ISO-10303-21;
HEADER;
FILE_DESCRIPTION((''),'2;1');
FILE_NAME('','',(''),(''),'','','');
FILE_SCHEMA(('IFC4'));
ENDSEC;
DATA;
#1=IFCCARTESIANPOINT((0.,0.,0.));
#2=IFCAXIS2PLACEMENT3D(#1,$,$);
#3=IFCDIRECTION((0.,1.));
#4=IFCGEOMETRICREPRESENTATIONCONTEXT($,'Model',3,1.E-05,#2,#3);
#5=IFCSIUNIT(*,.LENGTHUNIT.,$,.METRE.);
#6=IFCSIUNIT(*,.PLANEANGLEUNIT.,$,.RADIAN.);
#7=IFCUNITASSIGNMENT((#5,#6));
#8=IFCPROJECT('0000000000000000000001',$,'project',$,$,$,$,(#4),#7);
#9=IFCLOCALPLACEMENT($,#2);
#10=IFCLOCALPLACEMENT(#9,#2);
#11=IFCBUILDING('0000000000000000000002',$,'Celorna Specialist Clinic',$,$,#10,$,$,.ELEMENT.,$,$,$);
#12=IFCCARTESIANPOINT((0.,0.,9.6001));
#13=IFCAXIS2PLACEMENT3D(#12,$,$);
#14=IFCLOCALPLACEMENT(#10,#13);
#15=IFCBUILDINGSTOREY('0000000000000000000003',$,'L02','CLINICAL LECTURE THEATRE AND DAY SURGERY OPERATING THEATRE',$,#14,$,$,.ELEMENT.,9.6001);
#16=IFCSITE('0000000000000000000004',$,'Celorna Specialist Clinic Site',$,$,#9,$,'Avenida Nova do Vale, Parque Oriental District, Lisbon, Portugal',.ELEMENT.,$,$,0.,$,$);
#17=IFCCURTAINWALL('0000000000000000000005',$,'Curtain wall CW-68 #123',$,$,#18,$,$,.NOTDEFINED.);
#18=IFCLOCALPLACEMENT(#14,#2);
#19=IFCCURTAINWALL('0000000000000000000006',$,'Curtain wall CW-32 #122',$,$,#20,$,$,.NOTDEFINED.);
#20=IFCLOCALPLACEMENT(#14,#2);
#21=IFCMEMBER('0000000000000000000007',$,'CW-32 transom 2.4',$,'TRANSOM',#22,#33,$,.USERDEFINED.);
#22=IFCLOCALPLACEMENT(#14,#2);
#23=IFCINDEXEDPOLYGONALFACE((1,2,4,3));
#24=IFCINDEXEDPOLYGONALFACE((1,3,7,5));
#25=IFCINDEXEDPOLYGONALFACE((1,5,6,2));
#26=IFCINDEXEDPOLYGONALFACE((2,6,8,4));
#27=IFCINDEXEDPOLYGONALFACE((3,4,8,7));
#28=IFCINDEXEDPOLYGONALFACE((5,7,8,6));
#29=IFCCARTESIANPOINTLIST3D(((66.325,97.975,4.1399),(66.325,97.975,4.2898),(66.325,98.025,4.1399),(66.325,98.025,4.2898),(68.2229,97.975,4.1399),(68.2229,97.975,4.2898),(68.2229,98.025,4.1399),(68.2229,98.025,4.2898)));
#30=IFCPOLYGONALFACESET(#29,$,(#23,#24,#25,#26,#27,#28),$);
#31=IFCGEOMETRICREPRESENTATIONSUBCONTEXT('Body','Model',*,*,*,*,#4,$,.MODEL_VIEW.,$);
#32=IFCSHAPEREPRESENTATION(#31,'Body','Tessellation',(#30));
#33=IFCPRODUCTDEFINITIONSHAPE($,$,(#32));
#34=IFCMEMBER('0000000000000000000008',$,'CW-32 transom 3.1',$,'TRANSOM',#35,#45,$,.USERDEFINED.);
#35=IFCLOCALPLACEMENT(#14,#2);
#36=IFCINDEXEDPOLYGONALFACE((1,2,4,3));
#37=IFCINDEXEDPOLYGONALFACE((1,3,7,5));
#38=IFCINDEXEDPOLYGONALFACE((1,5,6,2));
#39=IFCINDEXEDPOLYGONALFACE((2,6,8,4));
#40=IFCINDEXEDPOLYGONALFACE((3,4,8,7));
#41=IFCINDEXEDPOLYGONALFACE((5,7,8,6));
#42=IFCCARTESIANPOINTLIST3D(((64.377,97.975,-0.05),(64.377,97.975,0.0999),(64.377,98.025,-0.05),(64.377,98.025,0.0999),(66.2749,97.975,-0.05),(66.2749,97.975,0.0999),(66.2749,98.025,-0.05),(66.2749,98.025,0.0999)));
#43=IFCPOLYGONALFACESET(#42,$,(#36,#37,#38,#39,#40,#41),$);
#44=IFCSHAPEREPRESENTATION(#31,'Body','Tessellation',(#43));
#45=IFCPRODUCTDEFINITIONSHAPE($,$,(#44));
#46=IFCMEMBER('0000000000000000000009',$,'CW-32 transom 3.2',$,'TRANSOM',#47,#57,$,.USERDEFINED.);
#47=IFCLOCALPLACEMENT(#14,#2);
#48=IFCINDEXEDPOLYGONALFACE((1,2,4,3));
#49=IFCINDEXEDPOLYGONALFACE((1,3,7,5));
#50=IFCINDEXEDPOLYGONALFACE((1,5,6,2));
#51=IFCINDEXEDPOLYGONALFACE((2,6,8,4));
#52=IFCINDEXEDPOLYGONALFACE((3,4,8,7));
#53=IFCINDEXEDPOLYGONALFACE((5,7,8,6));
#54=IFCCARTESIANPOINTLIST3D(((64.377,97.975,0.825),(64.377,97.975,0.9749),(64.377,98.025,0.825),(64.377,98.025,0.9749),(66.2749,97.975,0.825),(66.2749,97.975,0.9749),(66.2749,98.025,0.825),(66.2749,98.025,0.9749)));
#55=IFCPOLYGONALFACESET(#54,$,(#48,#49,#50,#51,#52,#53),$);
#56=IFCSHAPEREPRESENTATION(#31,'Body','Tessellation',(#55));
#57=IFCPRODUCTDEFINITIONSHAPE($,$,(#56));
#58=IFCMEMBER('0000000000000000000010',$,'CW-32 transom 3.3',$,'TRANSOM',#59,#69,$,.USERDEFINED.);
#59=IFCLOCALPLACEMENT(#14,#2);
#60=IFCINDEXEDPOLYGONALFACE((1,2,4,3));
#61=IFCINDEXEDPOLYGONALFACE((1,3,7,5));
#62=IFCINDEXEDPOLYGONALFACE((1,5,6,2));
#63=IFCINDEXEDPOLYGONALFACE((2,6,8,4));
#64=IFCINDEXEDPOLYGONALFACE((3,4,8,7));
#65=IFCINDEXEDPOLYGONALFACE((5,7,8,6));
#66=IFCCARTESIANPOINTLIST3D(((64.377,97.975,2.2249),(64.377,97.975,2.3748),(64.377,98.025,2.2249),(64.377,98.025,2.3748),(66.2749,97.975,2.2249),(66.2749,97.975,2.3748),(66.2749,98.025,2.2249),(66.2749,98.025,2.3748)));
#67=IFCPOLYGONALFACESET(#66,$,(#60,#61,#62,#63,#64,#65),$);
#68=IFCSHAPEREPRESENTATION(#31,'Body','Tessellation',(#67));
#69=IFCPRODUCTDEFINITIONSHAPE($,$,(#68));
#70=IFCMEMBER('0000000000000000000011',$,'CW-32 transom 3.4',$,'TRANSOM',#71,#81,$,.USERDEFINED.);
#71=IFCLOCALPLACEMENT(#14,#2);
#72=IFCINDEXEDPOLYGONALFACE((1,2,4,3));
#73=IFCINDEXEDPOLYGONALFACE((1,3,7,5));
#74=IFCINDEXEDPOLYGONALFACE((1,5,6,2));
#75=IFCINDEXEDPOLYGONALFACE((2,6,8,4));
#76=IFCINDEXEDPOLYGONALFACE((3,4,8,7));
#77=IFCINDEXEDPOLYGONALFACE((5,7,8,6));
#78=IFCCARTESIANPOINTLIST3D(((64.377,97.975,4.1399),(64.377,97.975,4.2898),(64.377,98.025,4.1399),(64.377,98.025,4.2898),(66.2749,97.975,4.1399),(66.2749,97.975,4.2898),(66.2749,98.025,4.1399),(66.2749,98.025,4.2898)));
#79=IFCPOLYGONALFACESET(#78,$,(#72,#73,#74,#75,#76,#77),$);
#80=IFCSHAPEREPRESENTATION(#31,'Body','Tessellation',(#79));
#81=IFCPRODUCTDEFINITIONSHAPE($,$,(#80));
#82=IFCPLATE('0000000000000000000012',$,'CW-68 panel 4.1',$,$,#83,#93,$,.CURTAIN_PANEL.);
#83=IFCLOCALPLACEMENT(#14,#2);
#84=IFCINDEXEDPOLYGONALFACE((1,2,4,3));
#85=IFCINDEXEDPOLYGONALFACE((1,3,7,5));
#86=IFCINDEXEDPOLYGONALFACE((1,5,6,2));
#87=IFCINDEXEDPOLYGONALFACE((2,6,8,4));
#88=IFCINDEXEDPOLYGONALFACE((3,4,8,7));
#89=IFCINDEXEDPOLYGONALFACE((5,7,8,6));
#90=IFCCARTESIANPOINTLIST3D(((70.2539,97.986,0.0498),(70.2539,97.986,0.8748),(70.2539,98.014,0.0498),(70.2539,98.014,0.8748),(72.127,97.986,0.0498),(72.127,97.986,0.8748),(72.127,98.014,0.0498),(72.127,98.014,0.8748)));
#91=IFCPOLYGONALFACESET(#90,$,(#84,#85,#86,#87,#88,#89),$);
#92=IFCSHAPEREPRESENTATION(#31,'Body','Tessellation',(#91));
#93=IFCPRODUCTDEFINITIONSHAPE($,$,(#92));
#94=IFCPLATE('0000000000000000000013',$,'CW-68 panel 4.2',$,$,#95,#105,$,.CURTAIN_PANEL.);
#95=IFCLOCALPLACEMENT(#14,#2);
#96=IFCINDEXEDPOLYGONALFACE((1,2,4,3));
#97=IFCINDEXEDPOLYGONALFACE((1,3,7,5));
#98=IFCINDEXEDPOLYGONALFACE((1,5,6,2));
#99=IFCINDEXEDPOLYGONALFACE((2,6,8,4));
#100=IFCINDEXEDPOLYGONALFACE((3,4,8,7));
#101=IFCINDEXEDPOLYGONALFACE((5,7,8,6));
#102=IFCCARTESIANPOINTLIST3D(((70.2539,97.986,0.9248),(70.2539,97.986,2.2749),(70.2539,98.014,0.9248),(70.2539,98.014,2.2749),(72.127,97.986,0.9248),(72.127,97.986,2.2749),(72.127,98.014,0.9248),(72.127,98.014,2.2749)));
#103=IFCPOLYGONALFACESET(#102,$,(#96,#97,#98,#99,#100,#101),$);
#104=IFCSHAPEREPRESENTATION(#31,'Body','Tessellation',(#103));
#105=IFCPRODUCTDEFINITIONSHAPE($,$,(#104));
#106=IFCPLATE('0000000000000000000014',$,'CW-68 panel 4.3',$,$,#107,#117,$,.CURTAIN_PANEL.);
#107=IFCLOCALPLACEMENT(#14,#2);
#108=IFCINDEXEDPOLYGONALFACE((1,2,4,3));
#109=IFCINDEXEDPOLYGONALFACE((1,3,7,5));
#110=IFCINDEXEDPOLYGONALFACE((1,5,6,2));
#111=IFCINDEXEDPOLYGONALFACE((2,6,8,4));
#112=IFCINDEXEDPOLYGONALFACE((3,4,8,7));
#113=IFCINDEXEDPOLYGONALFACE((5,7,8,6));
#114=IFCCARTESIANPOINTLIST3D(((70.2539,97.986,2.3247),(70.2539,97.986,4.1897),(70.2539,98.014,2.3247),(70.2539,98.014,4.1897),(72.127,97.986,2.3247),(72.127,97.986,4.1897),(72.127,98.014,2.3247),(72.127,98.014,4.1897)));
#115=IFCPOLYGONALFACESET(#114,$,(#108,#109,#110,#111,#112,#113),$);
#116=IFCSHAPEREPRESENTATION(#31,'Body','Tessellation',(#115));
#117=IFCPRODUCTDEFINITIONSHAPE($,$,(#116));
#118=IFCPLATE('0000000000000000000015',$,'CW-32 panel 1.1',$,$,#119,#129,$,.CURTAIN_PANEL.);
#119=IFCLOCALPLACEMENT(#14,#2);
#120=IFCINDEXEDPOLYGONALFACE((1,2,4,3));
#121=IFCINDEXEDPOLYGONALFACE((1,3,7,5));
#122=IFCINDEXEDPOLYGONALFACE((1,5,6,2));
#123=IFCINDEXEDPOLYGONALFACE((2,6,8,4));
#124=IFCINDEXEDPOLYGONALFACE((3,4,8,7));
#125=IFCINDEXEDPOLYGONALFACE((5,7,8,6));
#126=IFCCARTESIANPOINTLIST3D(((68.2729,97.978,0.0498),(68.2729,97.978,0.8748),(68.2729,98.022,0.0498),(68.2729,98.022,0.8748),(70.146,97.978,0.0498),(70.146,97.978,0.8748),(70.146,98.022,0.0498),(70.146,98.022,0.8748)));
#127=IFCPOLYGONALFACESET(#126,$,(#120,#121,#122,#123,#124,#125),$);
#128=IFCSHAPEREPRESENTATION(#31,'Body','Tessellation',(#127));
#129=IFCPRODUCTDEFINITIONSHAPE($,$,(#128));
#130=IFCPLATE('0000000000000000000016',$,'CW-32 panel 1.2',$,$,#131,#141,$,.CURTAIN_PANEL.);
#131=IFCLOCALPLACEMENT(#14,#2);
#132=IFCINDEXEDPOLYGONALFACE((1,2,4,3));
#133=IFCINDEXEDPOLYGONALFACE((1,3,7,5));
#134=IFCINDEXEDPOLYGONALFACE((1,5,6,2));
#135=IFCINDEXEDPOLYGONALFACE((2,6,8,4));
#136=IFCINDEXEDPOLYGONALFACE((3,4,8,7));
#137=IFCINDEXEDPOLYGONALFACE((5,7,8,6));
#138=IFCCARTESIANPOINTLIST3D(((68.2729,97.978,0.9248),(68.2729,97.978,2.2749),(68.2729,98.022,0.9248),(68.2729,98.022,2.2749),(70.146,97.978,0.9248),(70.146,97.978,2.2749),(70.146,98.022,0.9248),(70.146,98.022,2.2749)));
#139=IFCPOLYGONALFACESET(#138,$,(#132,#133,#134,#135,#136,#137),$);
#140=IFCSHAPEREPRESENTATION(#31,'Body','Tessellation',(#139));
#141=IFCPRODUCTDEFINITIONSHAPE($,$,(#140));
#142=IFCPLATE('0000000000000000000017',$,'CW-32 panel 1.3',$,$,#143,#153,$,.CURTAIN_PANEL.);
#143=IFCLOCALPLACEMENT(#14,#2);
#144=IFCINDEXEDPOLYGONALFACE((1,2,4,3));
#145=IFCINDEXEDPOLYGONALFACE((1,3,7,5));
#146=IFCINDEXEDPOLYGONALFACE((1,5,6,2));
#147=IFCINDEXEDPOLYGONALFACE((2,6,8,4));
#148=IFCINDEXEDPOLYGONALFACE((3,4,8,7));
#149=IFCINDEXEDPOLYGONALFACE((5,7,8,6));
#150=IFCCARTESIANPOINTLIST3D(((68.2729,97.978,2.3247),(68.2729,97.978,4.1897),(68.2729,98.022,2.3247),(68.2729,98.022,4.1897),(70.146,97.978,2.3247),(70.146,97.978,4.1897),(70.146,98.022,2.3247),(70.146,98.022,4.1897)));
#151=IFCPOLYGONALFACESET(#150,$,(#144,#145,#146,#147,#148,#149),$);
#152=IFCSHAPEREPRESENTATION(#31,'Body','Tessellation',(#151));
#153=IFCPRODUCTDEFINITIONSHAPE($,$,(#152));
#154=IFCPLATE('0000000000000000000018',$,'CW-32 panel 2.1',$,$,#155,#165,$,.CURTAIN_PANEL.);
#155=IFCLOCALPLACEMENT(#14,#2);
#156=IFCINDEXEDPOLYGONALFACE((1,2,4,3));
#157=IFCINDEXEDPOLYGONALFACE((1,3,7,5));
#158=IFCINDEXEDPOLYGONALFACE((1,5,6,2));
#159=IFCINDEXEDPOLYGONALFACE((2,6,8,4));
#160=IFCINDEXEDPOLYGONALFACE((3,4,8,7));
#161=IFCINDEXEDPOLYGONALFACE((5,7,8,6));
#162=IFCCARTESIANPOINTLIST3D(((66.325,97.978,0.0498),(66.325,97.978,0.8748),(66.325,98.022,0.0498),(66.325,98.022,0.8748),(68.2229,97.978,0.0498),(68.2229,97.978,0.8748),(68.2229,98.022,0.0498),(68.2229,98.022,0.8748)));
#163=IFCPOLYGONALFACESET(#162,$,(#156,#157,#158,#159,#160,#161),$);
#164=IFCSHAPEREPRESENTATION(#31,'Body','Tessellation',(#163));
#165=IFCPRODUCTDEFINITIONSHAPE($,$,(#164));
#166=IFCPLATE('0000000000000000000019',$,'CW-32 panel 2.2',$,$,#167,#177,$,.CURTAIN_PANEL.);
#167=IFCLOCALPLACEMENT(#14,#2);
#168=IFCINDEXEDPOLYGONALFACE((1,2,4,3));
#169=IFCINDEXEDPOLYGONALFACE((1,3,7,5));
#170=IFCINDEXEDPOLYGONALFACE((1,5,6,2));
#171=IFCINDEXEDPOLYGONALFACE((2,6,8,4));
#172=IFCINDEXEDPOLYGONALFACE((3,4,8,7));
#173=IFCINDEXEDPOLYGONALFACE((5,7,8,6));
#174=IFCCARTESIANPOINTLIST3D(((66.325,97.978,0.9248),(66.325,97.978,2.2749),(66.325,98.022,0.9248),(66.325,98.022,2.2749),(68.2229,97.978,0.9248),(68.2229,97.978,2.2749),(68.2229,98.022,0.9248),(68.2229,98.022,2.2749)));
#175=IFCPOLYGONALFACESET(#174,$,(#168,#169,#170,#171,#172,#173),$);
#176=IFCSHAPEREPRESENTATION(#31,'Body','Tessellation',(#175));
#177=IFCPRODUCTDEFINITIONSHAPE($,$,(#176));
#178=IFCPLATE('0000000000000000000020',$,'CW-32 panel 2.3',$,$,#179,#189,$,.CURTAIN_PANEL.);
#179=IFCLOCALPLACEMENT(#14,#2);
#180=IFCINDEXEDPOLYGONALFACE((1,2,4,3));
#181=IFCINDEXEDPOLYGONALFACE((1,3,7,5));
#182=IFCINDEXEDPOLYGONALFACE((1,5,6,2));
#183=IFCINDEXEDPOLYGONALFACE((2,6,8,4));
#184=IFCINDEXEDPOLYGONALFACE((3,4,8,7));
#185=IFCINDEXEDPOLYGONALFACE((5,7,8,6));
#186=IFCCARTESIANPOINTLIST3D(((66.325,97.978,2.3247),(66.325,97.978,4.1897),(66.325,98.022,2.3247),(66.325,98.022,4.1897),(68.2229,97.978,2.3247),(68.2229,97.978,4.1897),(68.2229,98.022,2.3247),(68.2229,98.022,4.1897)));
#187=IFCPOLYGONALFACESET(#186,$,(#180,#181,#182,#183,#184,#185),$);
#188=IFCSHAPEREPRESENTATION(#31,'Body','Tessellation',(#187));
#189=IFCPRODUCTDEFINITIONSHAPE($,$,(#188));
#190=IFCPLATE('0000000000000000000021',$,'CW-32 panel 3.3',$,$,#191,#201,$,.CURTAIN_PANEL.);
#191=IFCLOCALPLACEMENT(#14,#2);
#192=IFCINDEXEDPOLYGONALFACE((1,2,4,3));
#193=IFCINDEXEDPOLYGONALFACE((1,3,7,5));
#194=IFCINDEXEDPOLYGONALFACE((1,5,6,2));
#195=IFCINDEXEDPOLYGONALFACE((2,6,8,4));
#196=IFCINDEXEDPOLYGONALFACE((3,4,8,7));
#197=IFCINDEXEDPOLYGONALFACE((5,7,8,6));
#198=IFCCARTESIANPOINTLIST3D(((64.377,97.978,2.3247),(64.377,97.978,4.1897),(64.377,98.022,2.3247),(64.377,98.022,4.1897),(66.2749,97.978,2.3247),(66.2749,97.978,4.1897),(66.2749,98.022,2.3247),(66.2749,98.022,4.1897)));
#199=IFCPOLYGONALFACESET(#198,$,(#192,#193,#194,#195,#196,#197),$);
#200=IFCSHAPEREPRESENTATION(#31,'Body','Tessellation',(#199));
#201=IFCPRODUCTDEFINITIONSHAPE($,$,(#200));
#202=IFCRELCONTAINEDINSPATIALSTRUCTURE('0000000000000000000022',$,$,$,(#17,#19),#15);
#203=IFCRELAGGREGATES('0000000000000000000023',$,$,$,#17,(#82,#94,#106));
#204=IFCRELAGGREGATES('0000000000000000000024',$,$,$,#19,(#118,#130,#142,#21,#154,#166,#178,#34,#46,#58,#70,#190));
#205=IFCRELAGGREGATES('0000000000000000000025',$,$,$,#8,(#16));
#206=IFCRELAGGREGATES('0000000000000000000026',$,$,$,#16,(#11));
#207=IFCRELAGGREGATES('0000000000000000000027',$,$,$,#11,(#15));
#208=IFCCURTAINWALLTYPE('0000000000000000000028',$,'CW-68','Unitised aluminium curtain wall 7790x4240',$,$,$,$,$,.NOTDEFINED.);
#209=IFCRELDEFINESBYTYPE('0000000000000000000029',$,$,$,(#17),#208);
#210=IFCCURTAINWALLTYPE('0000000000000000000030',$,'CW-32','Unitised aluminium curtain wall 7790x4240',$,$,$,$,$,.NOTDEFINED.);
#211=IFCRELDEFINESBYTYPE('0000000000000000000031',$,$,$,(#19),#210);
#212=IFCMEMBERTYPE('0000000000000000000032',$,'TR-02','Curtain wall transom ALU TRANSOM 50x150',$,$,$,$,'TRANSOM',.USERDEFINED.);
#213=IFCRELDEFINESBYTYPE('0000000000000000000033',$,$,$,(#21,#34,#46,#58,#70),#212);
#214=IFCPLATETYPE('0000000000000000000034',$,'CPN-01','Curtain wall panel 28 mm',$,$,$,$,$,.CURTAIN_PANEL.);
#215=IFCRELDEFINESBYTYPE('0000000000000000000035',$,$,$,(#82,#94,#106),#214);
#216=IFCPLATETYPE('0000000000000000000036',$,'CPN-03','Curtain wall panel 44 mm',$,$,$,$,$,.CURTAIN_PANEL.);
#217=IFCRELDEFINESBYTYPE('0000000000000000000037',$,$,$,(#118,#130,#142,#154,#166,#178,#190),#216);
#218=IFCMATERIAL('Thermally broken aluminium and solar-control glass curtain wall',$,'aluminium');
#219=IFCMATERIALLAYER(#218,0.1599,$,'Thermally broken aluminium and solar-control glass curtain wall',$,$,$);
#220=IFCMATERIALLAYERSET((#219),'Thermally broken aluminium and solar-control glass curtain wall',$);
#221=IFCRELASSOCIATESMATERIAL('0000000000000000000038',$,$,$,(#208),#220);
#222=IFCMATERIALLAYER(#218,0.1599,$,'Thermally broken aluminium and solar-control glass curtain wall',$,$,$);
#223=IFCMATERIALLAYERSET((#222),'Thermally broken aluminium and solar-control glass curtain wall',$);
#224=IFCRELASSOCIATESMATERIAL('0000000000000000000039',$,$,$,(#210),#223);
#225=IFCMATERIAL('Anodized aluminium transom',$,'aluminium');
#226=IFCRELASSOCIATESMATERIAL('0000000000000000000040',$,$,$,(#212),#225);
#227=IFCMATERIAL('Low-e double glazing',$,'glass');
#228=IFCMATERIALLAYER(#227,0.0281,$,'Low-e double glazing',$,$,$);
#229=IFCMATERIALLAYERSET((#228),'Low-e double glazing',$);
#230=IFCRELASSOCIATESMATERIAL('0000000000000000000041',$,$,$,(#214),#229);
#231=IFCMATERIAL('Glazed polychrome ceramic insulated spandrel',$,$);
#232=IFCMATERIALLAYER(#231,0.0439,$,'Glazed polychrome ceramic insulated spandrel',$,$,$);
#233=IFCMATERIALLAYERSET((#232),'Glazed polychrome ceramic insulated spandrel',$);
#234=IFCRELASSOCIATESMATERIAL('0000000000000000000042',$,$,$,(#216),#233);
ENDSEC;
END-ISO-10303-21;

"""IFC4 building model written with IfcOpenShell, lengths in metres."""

from ifc_helpers import new_model, si_unit, direction, frame, origin, origin_2d, place, context, subcontext, project, spatial, rectangle, extrude, material, layer, layer_set, material_profile, profile_set, type_object, element, aggregate, save


model = new_model("IFC4")

# Units and contexts
model_context = context("Model", 3, precision=1e-05, world=origin(), true_north=direction((0.0, 1.0)))
body_context = subcontext(model_context, "Body", "Model", "MODEL_VIEW")
ifc_project = project(units=[si_unit("LENGTHUNIT", "METRE"), si_unit("PLANEANGLEUNIT", "RADIAN")], contexts=[model_context])

# Site, building, storey
site_placement = place(None, origin())
site = spatial("IfcSite", under=ifc_project, at=site_placement, Name="Celorna Specialist Clinic Site", LongName="Avenida Nova do Vale, Parque Oriental District, Lisbon, Portugal", CompositionType="ELEMENT", RefElevation=0.0)
building_placement = place(site_placement, origin())
building = spatial("IfcBuilding", under=site, at=building_placement, Name="Celorna Specialist Clinic", CompositionType="ELEMENT")
storey_placement = place(building_placement, frame((0.0, 0.0, 9.6001)))
storey = spatial("IfcBuildingStorey", under=building, at=storey_placement, Name="L02", Description="CLINICAL LECTURE THEATRE AND DAY SURGERY OPERATING THEATRE", CompositionType="ELEMENT", Elevation=9.6001)

# Curtain wall
ifc_material_1 = material(Name="Thermally broken aluminium and solar-control glass curtain wall", Category="aluminium")
ifc_layer_1 = layer(ifc_material_1, 0.1599, Name="Thermally broken aluminium and solar-control glass curtain wall")
ifc_layer_set_1 = layer_set([ifc_layer_1], Name="Thermally broken aluminium and solar-control glass curtain wall")
curtain_wall_type_1 = type_object("IfcCurtainWallType", Name="CW-68", Description="Unitised aluminium curtain wall 7790x4240", PredefinedType="NOTDEFINED", material=ifc_layer_set_1)
curtain_wall_1_placement = place(storey_placement, origin())
curtain_wall_1 = element("IfcCurtainWall", 1, at=curtain_wall_1_placement, inside=storey, type_object=curtain_wall_type_1, Name="Curtain wall CW-68 #123", PredefinedType="NOTDEFINED")

# Curtain wall
ifc_layer_2 = layer(ifc_material_1, 0.1599, Name="Thermally broken aluminium and solar-control glass curtain wall")
ifc_layer_set_2 = layer_set([ifc_layer_2], Name="Thermally broken aluminium and solar-control glass curtain wall")
curtain_wall_type_2 = type_object("IfcCurtainWallType", Name="CW-32", Description="Unitised aluminium curtain wall 7790x4240", PredefinedType="NOTDEFINED", material=ifc_layer_set_2)
curtain_wall_2_placement = place(storey_placement, origin())
curtain_wall_2 = element("IfcCurtainWall", 2, at=curtain_wall_2_placement, inside=storey, type_object=curtain_wall_type_2, Name="Curtain wall CW-32 #122", PredefinedType="NOTDEFINED")

# Members
ifc_material_2 = material(Name="Anodized aluminium transom", Category="aluminium")
ifc_material_profile_1 = material_profile(ifc_material_2, rectangle(XDim=0.05, YDim=0.1499, at=origin_2d()), Name="ALU TRANSOM 50x150")
ifc_profile_set_1 = profile_set([ifc_material_profile_1], Name="Anodized aluminium transom")
member_type_1 = type_object("IfcMemberType", Name="TR-02", Description="Curtain wall transom ALU TRANSOM 50x150", ElementType="TRANSOM", PredefinedType="USERDEFINED", material=ifc_profile_set_1)
member_1_placement = place(storey_placement, frame((68.2229, 98.0, 4.2148), z_axis=(-1.0, 0.0, 0.0), x_axis=(0.0, -1.0, 0.0)))
member_1 = element("IfcMember", 3, at=member_1_placement, type_object=member_type_1, Name="CW-32 transom 2.4", ObjectType="TRANSOM", PredefinedType="USERDEFINED", context=body_context, shape_type="SweptSolid", body=[
    extrude(rectangle(XDim=0.05, YDim=0.1499, at=origin_2d()), origin(), (0.0, 0.0, 1.0), 1.8979),
])
member_2_placement = place(storey_placement, frame((66.2749, 98.0, 0.0249), z_axis=(-1.0, 0.0, 0.0), x_axis=(0.0, -1.0, 0.0)))
member_2 = element("IfcMember", 4, at=member_2_placement, type_object=member_type_1, Name="CW-32 transom 3.1", ObjectType="TRANSOM", PredefinedType="USERDEFINED", context=body_context, shape_type="SweptSolid", body=[
    extrude(rectangle(XDim=0.05, YDim=0.1499, at=origin_2d()), origin(), (0.0, 0.0, 1.0), 1.8979),
])
member_3_placement = place(storey_placement, frame((66.2749, 98.0, 0.8999), z_axis=(-1.0, 0.0, 0.0), x_axis=(0.0, -1.0, 0.0)))
member_3 = element("IfcMember", 5, at=member_3_placement, type_object=member_type_1, Name="CW-32 transom 3.2", ObjectType="TRANSOM", PredefinedType="USERDEFINED", context=body_context, shape_type="SweptSolid", body=[
    extrude(rectangle(XDim=0.05, YDim=0.1499, at=origin_2d()), origin(), (0.0, 0.0, 1.0), 1.8979),
])
member_4_placement = place(storey_placement, frame((66.2749, 98.0, 2.2998), z_axis=(-1.0, 0.0, 0.0), x_axis=(0.0, -1.0, 0.0)))
member_4 = element("IfcMember", 6, at=member_4_placement, type_object=member_type_1, Name="CW-32 transom 3.3", ObjectType="TRANSOM", PredefinedType="USERDEFINED", context=body_context, shape_type="SweptSolid", body=[
    extrude(rectangle(XDim=0.05, YDim=0.1499, at=origin_2d()), origin(), (0.0, 0.0, 1.0), 1.8979),
])
member_5_placement = place(storey_placement, frame((66.2749, 98.0, 4.2148), z_axis=(-1.0, 0.0, 0.0), x_axis=(0.0, -1.0, 0.0)))
member_5 = element("IfcMember", 7, at=member_5_placement, type_object=member_type_1, Name="CW-32 transom 3.4", ObjectType="TRANSOM", PredefinedType="USERDEFINED", context=body_context, shape_type="SweptSolid", body=[
    extrude(rectangle(XDim=0.05, YDim=0.1499, at=origin_2d()), origin(), (0.0, 0.0, 1.0), 1.8979),
])

# Plates
ifc_material_3 = material(Name="Low-e double glazing", Category="glass")
ifc_layer_3 = layer(ifc_material_3, 0.0281, Name="Low-e double glazing")
ifc_layer_set_3 = layer_set([ifc_layer_3], Name="Low-e double glazing")
plate_type_1 = type_object("IfcPlateType", Name="CPN-01", Description="Curtain wall panel 28 mm", PredefinedType="CURTAIN_PANEL", material=ifc_layer_set_3)
plate_1_placement = place(storey_placement, frame((71.1904, 98.0, 0.0498), z_axis=(0.0, 0.0, 1.0), x_axis=(-1.0, 0.0, 0.0)))
plate_1 = element("IfcPlate", 8, at=plate_1_placement, type_object=plate_type_1, Name="CW-68 panel 4.1", PredefinedType="CURTAIN_PANEL", context=body_context, shape_type="SweptSolid", body=[
    extrude(rectangle(XDim=1.873, YDim=0.0281, at=origin_2d()), origin(), (0.0, 0.0, 1.0), 0.825),
])
plate_2_placement = place(storey_placement, frame((71.1904, 98.0, 0.9248), z_axis=(0.0, 0.0, 1.0), x_axis=(-1.0, 0.0, 0.0)))
plate_2 = element("IfcPlate", 9, at=plate_2_placement, type_object=plate_type_1, Name="CW-68 panel 4.2", PredefinedType="CURTAIN_PANEL", context=body_context, shape_type="SweptSolid", body=[
    extrude(rectangle(XDim=1.873, YDim=0.0281, at=origin_2d()), origin(), (0.0, 0.0, 1.0), 1.3501),
])
plate_3_placement = place(storey_placement, frame((71.1904, 98.0, 2.3247), z_axis=(0.0, 0.0, 1.0), x_axis=(-1.0, 0.0, 0.0)))
plate_3 = element("IfcPlate", 10, at=plate_3_placement, type_object=plate_type_1, Name="CW-68 panel 4.3", PredefinedType="CURTAIN_PANEL", context=body_context, shape_type="SweptSolid", body=[
    extrude(rectangle(XDim=1.873, YDim=0.0281, at=origin_2d()), origin(), (0.0, 0.0, 1.0), 1.865),
])
aggregate(curtain_wall_1, [plate_1, plate_2, plate_3])
ifc_material_4 = material(Name="Glazed polychrome ceramic insulated spandrel")
ifc_layer_4 = layer(ifc_material_4, 0.0439, Name="Glazed polychrome ceramic insulated spandrel")
ifc_layer_set_4 = layer_set([ifc_layer_4], Name="Glazed polychrome ceramic insulated spandrel")
plate_type_2 = type_object("IfcPlateType", Name="CPN-03", Description="Curtain wall panel 44 mm", PredefinedType="CURTAIN_PANEL", material=ifc_layer_set_4)
plate_4_placement = place(storey_placement, frame((69.2095, 98.0, 0.0498), z_axis=(0.0, 0.0, 1.0), x_axis=(-1.0, 0.0, 0.0)))
plate_4 = element("IfcPlate", 11, at=plate_4_placement, type_object=plate_type_2, Name="CW-32 panel 1.1", PredefinedType="CURTAIN_PANEL", context=body_context, shape_type="SweptSolid", body=[
    extrude(rectangle(XDim=1.873, YDim=0.0439, at=origin_2d()), origin(), (0.0, 0.0, 1.0), 0.825),
])
plate_5_placement = place(storey_placement, frame((69.2095, 98.0, 0.9248), z_axis=(0.0, 0.0, 1.0), x_axis=(-1.0, 0.0, 0.0)))
plate_5 = element("IfcPlate", 12, at=plate_5_placement, type_object=plate_type_2, Name="CW-32 panel 1.2", PredefinedType="CURTAIN_PANEL", context=body_context, shape_type="SweptSolid", body=[
    extrude(rectangle(XDim=1.873, YDim=0.0439, at=origin_2d()), origin(), (0.0, 0.0, 1.0), 1.3501),
])
plate_6_placement = place(storey_placement, frame((69.2095, 98.0, 2.3247), z_axis=(0.0, 0.0, 1.0), x_axis=(-1.0, 0.0, 0.0)))
plate_6 = element("IfcPlate", 13, at=plate_6_placement, type_object=plate_type_2, Name="CW-32 panel 1.3", PredefinedType="CURTAIN_PANEL", context=body_context, shape_type="SweptSolid", body=[
    extrude(rectangle(XDim=1.873, YDim=0.0439, at=origin_2d()), origin(), (0.0, 0.0, 1.0), 1.865),
])
plate_7_placement = place(storey_placement, frame((67.2739, 98.0, 0.0498), z_axis=(0.0, 0.0, 1.0), x_axis=(-1.0, 0.0, 0.0)))
plate_7 = element("IfcPlate", 14, at=plate_7_placement, type_object=plate_type_2, Name="CW-32 panel 2.1", PredefinedType="CURTAIN_PANEL", context=body_context, shape_type="SweptSolid", body=[
    extrude(rectangle(XDim=1.8979, YDim=0.0439, at=origin_2d()), origin(), (0.0, 0.0, 1.0), 0.825),
])
plate_8_placement = place(storey_placement, frame((67.2739, 98.0, 0.9248), z_axis=(0.0, 0.0, 1.0), x_axis=(-1.0, 0.0, 0.0)))
plate_8 = element("IfcPlate", 15, at=plate_8_placement, type_object=plate_type_2, Name="CW-32 panel 2.2", PredefinedType="CURTAIN_PANEL", context=body_context, shape_type="SweptSolid", body=[
    extrude(rectangle(XDim=1.8979, YDim=0.0439, at=origin_2d()), origin(), (0.0, 0.0, 1.0), 1.3501),
])
plate_9_placement = place(storey_placement, frame((67.2739, 98.0, 2.3247), z_axis=(0.0, 0.0, 1.0), x_axis=(-1.0, 0.0, 0.0)))
plate_9 = element("IfcPlate", 16, at=plate_9_placement, type_object=plate_type_2, Name="CW-32 panel 2.3", PredefinedType="CURTAIN_PANEL", context=body_context, shape_type="SweptSolid", body=[
    extrude(rectangle(XDim=1.8979, YDim=0.0439, at=origin_2d()), origin(), (0.0, 0.0, 1.0), 1.865),
])
plate_10_placement = place(storey_placement, frame((65.3259, 98.0, 2.3247), z_axis=(0.0, 0.0, 1.0), x_axis=(-1.0, 0.0, 0.0)))
plate_10 = element("IfcPlate", 17, at=plate_10_placement, type_object=plate_type_2, Name="CW-32 panel 3.3", PredefinedType="CURTAIN_PANEL", context=body_context, shape_type="SweptSolid", body=[
    extrude(rectangle(XDim=1.8979, YDim=0.0439, at=origin_2d()), origin(), (0.0, 0.0, 1.0), 1.865),
])
aggregate(curtain_wall_2, [plate_4, plate_5, plate_6, member_1, plate_7, plate_8, plate_9, member_2, member_3, member_4, member_5, plate_10])

save(model, "model.ifc")
